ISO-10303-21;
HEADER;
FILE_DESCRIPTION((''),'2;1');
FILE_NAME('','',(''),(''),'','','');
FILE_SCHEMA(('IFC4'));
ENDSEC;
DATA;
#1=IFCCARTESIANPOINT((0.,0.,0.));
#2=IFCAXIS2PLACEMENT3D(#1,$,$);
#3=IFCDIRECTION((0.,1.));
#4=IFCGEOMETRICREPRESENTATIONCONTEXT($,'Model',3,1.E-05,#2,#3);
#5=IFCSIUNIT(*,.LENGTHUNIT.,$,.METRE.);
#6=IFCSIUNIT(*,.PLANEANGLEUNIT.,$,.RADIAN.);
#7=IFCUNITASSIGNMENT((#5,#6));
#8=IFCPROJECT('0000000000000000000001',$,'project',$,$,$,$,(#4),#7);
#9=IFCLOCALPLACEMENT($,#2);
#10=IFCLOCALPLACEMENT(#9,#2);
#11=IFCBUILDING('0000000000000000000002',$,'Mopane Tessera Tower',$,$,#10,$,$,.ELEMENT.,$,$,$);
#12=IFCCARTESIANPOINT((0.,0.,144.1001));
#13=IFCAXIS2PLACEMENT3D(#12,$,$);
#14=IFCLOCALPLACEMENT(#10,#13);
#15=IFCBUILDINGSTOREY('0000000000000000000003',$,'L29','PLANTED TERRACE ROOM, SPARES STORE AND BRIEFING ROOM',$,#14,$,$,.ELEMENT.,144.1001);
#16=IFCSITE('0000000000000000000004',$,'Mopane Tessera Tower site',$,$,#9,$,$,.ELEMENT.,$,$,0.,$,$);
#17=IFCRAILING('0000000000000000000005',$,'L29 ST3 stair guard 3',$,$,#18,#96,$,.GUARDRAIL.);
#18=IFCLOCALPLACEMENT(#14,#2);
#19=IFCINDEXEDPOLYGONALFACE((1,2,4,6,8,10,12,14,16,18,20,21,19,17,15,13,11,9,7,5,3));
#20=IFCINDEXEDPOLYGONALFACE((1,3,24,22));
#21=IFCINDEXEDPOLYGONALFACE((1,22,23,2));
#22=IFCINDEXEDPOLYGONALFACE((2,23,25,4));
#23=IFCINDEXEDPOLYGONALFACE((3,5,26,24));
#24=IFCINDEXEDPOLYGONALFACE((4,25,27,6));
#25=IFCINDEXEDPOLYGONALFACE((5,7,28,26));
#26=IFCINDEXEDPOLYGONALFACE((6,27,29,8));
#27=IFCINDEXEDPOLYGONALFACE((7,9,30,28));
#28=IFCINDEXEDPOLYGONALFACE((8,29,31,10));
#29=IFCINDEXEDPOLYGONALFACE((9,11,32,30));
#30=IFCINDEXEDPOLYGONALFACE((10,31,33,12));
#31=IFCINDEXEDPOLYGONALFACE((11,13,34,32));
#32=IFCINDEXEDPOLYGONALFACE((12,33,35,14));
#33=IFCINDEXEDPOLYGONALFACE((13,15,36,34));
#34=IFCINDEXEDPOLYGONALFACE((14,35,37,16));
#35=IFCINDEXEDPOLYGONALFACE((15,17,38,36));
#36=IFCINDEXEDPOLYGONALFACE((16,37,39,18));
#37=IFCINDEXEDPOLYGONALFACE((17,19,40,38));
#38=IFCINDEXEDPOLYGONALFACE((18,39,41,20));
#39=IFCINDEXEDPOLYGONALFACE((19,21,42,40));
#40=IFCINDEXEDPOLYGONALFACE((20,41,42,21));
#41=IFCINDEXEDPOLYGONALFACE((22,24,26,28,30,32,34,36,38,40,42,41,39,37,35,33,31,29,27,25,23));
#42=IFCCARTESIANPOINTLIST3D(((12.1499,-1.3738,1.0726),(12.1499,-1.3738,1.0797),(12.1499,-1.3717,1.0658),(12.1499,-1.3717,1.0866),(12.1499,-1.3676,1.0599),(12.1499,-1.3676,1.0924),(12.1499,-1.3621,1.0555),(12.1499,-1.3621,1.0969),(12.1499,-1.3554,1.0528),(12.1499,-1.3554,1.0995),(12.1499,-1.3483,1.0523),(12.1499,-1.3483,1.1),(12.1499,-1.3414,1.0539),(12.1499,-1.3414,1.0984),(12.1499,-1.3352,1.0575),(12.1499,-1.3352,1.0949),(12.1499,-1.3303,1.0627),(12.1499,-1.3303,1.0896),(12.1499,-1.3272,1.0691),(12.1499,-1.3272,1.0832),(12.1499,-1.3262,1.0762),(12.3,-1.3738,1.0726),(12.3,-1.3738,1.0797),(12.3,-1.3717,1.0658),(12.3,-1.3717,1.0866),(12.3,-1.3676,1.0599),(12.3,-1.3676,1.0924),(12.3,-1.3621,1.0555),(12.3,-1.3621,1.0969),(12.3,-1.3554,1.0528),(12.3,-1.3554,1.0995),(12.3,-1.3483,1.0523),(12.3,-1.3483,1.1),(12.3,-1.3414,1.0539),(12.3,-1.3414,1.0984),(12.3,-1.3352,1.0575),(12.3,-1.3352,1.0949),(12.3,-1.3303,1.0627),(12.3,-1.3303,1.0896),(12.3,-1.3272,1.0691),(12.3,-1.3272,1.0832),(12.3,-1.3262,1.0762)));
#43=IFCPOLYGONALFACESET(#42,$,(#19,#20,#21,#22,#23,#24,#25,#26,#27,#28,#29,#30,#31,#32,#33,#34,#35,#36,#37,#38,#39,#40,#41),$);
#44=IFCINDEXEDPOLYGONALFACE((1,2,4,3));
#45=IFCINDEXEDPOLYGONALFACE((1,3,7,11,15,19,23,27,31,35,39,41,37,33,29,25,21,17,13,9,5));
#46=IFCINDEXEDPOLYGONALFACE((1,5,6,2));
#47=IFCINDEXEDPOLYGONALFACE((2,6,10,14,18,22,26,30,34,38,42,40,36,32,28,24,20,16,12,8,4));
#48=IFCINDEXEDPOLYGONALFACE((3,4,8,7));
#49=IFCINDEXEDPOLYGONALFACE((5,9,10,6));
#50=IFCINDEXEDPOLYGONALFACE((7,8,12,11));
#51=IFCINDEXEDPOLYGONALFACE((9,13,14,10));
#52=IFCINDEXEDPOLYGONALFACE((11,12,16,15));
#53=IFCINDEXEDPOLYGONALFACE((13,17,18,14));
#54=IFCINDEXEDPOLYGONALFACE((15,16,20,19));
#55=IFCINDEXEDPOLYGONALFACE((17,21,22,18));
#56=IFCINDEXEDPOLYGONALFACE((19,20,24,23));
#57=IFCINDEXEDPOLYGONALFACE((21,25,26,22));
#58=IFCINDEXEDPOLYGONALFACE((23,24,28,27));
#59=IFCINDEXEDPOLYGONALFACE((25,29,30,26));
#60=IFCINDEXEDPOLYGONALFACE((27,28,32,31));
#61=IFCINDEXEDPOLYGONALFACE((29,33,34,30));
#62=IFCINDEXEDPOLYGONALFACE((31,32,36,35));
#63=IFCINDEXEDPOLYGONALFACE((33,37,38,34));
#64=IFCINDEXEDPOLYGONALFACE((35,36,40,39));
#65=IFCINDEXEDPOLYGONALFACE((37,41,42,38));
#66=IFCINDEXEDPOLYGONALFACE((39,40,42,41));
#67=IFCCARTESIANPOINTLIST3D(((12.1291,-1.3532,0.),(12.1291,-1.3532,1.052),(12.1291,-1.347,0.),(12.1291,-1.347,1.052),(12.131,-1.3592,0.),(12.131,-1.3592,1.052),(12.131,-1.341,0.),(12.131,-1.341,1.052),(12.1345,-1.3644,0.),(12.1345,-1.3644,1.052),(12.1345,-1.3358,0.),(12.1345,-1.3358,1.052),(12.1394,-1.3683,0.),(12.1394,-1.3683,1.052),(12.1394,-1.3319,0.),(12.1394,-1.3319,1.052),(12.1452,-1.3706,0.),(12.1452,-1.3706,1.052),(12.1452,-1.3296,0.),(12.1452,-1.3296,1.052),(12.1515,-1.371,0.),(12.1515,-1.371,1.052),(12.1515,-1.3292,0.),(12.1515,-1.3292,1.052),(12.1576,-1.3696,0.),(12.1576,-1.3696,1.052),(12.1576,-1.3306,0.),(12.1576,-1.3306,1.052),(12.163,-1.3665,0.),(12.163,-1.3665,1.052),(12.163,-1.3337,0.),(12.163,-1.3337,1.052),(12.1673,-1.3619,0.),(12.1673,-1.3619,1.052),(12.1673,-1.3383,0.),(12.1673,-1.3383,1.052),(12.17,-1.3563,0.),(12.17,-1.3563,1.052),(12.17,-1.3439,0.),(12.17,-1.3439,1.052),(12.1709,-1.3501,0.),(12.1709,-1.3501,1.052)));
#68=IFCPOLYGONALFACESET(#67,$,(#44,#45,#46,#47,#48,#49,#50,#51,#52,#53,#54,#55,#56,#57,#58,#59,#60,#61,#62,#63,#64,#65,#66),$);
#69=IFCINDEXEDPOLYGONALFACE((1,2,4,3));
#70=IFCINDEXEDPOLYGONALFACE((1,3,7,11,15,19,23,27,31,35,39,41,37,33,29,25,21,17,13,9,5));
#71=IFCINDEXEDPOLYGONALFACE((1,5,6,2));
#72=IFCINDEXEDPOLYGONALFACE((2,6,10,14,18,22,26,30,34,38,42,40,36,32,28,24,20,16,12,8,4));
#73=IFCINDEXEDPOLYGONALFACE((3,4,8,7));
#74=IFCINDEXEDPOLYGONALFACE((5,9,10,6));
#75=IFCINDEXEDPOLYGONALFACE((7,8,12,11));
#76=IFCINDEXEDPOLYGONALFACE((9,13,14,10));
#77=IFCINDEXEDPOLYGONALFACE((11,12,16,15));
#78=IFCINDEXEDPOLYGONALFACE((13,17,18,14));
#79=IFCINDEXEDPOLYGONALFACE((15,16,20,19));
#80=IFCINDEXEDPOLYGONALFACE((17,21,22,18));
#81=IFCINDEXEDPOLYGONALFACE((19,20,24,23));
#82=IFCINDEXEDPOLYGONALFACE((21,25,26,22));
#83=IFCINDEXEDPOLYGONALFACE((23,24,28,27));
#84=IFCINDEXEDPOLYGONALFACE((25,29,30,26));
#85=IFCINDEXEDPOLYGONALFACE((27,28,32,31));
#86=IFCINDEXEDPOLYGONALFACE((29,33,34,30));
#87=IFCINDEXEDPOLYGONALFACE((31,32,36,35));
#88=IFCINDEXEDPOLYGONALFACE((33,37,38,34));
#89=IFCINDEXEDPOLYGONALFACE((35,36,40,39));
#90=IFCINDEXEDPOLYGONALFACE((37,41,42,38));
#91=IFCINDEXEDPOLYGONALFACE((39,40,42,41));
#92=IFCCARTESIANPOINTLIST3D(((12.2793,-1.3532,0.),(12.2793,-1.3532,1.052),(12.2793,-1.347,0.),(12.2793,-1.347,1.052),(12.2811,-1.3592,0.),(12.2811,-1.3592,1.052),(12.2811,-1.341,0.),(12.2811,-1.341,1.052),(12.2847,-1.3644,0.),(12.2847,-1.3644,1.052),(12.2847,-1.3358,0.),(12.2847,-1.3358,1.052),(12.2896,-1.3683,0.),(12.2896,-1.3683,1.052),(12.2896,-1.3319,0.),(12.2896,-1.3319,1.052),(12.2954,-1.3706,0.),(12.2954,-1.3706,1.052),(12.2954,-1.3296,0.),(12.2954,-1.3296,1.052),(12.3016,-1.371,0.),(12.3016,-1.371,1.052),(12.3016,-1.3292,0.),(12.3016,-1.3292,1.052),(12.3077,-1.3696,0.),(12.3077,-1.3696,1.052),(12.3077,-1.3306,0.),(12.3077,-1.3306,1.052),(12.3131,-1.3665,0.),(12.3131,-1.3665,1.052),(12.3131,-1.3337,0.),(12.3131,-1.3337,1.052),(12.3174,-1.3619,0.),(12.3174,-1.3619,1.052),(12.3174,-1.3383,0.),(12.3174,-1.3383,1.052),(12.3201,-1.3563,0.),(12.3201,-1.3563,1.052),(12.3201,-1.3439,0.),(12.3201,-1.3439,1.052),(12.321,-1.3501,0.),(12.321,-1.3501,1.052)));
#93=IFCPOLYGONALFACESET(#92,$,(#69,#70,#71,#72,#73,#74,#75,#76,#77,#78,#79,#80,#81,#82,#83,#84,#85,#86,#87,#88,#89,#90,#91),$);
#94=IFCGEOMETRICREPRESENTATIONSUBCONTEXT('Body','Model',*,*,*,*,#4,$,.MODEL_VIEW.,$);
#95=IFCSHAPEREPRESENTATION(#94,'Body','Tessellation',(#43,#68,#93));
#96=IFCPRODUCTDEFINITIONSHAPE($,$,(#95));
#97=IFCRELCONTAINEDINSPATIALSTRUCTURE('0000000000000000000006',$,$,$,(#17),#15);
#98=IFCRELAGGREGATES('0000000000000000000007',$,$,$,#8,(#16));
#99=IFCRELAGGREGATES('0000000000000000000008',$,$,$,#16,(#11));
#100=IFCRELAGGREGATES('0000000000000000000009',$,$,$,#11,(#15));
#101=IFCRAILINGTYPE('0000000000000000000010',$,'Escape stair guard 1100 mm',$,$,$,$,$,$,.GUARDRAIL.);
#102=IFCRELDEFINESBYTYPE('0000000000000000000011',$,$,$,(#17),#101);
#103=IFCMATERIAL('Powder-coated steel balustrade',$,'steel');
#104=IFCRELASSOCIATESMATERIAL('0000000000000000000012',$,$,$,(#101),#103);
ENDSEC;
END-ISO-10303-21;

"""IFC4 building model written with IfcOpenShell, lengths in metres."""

from ifc_helpers import new_model, si_unit, direction, frame, origin, origin_2d, place, context, subcontext, project, spatial, circle, extrude, material, type_object, element, save


model = new_model("IFC4")

# Units and contexts
model_context = context("Model", 3, precision=1e-05, world=origin(), true_north=direction((0.0, 1.0)))
body_context = subcontext(model_context, "Body", "Model", "MODEL_VIEW")
ifc_project = project(units=[si_unit("LENGTHUNIT", "METRE"), si_unit("PLANEANGLEUNIT", "RADIAN")], contexts=[model_context])

# Site, building, storey
site_placement = place(None, origin())
site = spatial("IfcSite", under=ifc_project, at=site_placement, Name="Mopane Tessera Tower site", CompositionType="ELEMENT", RefElevation=0.0)
building_placement = place(site_placement, origin())
building = spatial("IfcBuilding", under=site, at=building_placement, Name="Mopane Tessera Tower", CompositionType="ELEMENT")
storey_placement = place(building_placement, frame((0.0, 0.0, 144.1001)))
storey = spatial("IfcBuildingStorey", under=building, at=storey_placement, Name="L29", Description="PLANTED TERRACE ROOM, SPARES STORE AND BRIEFING ROOM", CompositionType="ELEMENT", Elevation=144.1001)

# Railing
ifc_material_1 = material(Name="Powder-coated steel balustrade", Category="steel")
railing_type_1 = type_object("IfcRailingType", Name="Escape stair guard 1100 mm", PredefinedType="GUARDRAIL", material=ifc_material_1)
railing_1_placement = place(storey_placement, frame((12.1499, -1.3501, 0.0)))
element("IfcRailing", 1, at=railing_1_placement, inside=storey, type_object=railing_type_1, Name="L29 ST3 stair guard 3", PredefinedType="GUARDRAIL", context=body_context, shape_type="SweptSolid", body=[
    extrude(circle(Radius=0.0239, at=origin_2d()), frame((0.0, 0.0, 1.0762), z_axis=(1.0, 0.0, 0.0), x_axis=(0.0, 1.0, 0.0)), (0.0, 0.0, 1.0), 0.1501),
    extrude(circle(Radius=0.021, at=origin_2d()), origin(), (0.0, 0.0, 1.0), 1.052),
    extrude(circle(Radius=0.021, at=origin_2d()), frame((0.1501, 0.0, 0.0)), (0.0, 0.0, 1.0), 1.052),
])

save(model, "model.ifc")
